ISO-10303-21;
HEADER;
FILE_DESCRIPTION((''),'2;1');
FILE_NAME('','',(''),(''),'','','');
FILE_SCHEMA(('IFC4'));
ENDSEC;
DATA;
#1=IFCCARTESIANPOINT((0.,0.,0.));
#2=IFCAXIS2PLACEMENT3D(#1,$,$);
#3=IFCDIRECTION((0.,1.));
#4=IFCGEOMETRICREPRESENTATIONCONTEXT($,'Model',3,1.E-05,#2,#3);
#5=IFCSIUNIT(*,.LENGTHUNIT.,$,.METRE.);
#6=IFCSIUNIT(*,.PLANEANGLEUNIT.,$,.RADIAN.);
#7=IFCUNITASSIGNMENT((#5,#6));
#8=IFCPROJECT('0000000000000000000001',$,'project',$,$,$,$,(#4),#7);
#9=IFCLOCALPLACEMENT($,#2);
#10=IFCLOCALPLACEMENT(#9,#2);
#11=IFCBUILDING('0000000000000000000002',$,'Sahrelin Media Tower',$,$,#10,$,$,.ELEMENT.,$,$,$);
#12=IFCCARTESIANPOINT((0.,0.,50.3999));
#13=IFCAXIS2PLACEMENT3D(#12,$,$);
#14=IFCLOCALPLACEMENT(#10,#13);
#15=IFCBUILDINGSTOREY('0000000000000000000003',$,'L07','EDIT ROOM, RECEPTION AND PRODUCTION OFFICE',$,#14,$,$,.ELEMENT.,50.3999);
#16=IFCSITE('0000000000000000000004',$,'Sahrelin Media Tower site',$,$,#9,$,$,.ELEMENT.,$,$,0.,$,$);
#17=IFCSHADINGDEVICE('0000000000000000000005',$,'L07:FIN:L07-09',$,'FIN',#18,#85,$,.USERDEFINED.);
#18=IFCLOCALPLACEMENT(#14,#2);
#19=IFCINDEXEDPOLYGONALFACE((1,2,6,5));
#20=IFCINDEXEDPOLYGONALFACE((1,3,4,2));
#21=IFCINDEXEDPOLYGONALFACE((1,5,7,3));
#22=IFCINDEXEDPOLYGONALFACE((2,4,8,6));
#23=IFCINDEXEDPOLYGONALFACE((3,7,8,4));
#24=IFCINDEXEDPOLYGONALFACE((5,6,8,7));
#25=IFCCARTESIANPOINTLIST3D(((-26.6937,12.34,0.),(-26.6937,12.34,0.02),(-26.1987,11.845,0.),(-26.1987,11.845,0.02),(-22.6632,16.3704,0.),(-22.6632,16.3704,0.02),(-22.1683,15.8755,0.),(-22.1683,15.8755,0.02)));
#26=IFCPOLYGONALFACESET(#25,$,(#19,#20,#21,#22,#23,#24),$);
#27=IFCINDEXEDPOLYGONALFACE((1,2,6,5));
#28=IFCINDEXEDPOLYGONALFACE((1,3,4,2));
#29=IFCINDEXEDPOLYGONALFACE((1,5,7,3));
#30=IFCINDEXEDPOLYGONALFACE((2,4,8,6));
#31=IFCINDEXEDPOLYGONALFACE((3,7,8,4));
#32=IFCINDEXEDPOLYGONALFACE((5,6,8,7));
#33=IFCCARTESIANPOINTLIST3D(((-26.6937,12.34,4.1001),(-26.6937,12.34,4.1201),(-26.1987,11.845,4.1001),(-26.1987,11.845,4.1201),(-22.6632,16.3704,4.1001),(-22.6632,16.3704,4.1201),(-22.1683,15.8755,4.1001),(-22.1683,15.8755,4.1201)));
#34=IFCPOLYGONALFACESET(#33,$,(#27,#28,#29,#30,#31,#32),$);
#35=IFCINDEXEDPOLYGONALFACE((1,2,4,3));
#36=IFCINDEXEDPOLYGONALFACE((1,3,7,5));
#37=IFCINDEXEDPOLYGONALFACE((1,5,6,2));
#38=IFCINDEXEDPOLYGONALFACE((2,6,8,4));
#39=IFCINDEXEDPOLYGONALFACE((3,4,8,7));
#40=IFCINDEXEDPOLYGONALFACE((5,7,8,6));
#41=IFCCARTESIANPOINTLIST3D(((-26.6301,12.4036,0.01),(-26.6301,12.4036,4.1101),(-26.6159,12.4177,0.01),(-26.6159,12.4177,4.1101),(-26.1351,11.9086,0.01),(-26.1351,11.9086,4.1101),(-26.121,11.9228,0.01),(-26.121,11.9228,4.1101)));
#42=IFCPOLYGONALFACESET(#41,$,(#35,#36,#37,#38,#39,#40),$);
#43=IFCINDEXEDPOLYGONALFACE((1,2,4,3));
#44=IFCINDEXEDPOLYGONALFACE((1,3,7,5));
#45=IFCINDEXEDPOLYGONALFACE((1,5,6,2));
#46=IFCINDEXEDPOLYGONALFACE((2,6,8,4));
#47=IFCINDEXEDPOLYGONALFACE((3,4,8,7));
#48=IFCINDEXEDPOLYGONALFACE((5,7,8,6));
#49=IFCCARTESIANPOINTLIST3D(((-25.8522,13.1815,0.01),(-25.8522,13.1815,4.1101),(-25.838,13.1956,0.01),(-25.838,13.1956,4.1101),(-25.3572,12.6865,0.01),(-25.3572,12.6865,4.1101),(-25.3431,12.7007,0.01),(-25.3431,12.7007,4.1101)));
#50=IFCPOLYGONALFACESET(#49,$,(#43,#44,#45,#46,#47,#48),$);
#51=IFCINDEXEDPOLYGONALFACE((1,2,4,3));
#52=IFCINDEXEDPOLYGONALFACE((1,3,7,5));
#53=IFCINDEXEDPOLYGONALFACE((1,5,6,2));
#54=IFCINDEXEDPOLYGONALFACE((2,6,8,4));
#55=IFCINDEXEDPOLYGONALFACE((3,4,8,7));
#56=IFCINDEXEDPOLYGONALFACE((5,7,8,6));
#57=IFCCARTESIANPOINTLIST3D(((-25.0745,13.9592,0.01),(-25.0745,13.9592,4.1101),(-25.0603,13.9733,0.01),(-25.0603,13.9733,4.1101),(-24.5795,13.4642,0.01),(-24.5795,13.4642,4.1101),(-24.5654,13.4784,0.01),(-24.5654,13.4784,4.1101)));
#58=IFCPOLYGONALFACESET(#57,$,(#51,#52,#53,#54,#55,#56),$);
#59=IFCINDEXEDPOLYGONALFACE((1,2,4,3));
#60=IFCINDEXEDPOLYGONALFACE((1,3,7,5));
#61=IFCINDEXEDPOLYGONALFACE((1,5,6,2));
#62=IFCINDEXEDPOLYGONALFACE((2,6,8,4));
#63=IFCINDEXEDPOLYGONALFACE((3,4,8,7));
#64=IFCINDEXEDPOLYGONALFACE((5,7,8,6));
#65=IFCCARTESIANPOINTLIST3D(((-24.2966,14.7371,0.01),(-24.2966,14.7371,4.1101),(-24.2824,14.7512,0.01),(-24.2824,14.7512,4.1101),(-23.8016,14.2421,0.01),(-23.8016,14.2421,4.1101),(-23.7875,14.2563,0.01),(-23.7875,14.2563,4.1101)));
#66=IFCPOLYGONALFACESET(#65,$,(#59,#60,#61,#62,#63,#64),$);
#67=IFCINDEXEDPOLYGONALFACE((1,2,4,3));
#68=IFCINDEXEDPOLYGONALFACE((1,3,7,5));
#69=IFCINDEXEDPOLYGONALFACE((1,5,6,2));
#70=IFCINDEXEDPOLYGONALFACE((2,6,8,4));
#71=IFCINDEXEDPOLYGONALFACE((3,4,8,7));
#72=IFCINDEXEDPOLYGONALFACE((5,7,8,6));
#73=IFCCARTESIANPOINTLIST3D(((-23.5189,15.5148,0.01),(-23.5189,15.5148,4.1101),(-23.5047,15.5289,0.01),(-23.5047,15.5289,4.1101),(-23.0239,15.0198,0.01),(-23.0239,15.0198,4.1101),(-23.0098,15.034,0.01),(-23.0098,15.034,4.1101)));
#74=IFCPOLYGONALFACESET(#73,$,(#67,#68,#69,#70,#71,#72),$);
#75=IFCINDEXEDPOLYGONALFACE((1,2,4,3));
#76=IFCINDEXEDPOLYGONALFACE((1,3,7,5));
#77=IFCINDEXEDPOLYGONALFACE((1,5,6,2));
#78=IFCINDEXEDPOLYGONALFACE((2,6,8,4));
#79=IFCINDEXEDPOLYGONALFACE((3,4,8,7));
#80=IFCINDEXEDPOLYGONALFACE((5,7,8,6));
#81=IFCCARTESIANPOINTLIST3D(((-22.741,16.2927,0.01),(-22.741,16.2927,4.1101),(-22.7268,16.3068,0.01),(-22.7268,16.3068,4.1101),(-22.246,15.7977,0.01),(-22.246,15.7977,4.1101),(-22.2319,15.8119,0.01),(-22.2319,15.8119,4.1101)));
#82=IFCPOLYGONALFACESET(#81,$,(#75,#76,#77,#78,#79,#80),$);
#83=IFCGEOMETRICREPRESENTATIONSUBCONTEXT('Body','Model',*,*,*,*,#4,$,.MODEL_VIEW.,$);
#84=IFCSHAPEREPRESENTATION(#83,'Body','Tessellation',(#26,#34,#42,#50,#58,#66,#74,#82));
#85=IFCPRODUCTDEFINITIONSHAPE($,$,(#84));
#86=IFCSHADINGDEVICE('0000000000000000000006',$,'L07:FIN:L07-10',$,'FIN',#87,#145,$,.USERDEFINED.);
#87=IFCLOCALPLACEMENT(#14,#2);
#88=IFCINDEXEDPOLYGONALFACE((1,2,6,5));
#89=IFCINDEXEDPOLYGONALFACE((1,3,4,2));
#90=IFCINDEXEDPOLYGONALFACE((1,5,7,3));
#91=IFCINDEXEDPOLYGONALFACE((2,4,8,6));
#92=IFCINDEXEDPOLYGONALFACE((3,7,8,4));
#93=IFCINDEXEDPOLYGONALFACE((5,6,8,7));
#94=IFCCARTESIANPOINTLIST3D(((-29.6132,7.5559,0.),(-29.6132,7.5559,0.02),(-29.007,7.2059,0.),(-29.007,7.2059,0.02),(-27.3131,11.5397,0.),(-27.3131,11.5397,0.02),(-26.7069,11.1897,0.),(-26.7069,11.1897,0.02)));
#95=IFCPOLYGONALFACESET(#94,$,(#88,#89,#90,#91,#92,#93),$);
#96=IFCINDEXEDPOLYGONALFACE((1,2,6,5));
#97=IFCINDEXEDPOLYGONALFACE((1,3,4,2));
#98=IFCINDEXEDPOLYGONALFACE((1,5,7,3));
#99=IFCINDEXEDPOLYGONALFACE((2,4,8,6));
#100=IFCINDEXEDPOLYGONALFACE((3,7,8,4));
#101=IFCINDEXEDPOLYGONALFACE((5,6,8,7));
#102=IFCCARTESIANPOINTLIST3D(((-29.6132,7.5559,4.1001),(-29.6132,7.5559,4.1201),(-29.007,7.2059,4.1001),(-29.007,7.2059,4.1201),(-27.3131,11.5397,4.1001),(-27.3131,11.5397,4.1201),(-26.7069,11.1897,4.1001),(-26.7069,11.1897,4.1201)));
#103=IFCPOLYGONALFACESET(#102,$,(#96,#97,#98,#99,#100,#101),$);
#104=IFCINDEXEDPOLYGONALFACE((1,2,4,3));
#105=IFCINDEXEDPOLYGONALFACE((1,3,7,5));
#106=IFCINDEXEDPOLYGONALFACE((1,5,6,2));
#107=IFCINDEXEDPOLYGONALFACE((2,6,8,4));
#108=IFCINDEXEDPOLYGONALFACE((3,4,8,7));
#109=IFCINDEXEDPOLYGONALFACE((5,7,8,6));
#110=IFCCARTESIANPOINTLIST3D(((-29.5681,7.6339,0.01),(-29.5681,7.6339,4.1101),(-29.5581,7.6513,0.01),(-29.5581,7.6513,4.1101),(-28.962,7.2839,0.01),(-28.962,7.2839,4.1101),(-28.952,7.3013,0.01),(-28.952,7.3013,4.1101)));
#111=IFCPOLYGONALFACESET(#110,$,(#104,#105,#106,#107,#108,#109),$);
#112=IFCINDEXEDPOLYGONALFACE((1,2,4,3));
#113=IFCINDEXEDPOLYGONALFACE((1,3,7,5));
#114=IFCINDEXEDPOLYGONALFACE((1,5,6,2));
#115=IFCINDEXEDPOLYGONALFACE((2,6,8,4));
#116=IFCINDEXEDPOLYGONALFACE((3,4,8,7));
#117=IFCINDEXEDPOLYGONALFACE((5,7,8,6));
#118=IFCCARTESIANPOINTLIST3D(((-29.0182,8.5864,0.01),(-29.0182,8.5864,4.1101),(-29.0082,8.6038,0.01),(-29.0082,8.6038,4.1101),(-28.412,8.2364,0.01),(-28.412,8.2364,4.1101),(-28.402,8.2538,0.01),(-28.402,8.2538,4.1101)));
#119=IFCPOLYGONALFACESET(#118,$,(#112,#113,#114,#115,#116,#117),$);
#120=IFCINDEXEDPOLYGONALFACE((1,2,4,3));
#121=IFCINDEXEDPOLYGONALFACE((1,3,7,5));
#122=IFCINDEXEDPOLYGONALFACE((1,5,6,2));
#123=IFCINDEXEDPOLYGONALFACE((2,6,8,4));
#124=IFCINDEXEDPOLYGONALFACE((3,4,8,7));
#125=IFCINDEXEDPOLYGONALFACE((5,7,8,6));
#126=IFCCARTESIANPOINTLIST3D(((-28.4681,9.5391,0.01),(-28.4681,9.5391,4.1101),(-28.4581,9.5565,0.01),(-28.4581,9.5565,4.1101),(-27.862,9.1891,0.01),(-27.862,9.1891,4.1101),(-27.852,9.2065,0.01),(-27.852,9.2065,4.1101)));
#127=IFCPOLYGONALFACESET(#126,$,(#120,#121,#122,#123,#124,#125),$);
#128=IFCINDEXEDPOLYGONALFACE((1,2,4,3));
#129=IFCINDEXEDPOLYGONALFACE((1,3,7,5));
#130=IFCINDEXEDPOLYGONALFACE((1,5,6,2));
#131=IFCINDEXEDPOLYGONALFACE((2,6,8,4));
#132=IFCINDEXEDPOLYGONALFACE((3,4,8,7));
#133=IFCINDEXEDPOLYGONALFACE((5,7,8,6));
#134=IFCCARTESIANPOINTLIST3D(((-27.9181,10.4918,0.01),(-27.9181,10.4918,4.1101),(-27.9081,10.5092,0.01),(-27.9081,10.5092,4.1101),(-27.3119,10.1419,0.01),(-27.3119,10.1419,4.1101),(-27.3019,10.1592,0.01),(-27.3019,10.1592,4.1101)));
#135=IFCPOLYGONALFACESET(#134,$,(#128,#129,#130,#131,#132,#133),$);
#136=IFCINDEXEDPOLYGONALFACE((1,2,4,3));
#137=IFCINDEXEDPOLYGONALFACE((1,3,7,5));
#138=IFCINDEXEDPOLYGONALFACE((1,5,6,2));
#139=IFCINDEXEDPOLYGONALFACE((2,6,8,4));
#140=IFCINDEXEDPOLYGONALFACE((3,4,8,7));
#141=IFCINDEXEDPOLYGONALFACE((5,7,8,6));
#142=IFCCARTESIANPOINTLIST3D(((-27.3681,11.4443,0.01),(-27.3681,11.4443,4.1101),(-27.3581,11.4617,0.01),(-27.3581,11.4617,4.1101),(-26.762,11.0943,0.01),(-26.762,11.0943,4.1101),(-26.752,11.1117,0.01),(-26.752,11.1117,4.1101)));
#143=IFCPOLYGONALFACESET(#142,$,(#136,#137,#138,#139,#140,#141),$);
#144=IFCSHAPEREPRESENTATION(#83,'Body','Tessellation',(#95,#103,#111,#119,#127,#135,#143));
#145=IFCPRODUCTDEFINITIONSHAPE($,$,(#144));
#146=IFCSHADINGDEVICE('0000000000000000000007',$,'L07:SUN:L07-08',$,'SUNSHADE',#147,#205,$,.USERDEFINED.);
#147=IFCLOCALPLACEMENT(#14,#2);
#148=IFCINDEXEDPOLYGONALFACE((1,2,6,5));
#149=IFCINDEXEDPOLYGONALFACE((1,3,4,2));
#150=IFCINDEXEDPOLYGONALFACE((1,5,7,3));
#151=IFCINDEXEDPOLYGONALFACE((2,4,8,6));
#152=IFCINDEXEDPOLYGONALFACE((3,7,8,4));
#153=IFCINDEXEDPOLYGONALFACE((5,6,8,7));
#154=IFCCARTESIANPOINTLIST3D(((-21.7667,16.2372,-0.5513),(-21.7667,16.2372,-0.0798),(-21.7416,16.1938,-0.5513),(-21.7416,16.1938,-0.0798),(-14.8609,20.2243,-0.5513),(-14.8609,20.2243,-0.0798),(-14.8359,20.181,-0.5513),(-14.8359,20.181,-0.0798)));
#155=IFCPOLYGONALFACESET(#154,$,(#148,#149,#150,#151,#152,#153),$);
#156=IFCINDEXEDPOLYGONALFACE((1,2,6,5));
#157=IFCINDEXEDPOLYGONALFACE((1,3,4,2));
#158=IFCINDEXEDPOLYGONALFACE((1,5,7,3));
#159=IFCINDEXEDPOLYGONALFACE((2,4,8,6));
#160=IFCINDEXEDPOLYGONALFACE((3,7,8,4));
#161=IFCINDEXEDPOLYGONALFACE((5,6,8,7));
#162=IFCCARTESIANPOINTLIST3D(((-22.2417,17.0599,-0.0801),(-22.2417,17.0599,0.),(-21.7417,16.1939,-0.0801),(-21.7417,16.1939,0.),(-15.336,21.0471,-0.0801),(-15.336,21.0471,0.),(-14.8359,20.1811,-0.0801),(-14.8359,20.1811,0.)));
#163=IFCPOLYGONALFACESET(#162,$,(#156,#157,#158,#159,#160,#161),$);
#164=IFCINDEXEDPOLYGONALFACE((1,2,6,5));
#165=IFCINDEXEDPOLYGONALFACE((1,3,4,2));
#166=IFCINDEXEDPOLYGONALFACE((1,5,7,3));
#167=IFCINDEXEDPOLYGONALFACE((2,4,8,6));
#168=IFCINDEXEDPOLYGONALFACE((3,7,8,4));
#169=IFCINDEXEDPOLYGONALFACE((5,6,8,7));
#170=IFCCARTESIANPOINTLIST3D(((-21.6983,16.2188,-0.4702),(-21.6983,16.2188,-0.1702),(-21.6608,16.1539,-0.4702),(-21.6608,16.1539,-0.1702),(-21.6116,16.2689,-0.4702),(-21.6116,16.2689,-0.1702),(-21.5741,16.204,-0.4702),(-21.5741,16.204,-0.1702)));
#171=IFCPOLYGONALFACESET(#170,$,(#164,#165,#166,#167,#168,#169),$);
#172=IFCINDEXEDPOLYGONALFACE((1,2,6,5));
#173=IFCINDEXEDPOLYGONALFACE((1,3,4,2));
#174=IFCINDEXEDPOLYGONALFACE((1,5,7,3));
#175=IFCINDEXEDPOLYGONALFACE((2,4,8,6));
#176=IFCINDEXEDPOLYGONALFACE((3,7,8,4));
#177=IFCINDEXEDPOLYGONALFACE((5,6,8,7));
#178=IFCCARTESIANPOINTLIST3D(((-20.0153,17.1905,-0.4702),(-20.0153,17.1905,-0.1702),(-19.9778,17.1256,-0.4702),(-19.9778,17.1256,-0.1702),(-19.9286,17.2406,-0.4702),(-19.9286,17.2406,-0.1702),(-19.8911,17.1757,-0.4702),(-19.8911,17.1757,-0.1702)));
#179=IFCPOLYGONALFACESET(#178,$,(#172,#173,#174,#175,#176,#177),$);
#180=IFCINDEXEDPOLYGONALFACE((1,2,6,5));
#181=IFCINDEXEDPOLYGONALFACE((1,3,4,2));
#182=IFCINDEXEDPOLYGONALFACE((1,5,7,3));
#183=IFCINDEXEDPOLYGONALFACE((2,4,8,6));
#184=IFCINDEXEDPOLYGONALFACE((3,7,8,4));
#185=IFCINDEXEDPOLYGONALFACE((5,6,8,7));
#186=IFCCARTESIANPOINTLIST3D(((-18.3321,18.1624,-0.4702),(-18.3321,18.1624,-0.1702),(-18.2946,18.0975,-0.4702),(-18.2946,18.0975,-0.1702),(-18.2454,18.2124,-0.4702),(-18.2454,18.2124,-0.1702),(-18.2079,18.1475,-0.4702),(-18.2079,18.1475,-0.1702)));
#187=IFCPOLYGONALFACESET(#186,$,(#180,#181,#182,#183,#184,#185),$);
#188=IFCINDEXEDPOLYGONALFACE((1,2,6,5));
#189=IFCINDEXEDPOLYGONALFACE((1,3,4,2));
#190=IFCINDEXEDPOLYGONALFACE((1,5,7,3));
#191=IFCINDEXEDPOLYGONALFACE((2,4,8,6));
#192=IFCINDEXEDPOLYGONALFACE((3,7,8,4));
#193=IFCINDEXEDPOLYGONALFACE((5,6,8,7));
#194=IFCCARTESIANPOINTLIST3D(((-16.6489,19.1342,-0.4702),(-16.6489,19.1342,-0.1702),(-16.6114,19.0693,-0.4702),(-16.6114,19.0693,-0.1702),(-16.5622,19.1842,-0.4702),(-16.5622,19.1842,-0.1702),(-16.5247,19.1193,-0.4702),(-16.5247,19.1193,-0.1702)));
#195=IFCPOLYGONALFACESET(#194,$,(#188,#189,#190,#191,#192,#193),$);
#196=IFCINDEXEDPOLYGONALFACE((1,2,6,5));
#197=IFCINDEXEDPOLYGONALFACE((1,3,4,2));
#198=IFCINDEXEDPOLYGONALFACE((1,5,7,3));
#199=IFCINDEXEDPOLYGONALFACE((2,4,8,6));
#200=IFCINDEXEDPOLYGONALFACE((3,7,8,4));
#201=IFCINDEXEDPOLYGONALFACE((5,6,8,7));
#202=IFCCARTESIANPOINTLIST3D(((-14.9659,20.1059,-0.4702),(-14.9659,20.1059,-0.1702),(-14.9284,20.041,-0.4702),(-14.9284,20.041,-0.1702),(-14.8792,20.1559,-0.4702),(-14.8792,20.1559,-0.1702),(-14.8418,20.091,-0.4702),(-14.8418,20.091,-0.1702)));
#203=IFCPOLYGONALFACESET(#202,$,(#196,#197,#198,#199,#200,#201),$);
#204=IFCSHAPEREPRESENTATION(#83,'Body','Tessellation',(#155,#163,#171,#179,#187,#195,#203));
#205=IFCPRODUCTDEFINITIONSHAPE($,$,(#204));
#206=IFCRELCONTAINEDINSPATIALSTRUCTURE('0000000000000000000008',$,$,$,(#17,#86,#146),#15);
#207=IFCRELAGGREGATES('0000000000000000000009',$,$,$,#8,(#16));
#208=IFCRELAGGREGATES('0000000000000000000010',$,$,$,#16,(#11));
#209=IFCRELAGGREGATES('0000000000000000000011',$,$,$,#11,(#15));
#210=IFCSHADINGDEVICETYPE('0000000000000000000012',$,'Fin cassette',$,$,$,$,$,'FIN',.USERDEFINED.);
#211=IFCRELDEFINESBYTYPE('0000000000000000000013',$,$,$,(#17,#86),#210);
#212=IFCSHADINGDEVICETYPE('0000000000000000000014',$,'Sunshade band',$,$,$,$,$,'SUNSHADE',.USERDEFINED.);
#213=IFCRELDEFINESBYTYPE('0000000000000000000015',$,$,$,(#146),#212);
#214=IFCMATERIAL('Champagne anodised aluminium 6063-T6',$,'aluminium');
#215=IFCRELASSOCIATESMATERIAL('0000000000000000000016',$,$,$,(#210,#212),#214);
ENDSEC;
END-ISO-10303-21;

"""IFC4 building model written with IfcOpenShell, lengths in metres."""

from ifc_helpers import new_model, si_unit, direction, frame, origin, origin_2d, place, context, subcontext, project, spatial, rectangle, extrude, material, type_object, element, save


model = new_model("IFC4")

# Units and contexts
model_context = context("Model", 3, precision=1e-05, world=origin(), true_north=direction((0.0, 1.0)))
body_context = subcontext(model_context, "Body", "Model", "MODEL_VIEW")
ifc_project = project(units=[si_unit("LENGTHUNIT", "METRE"), si_unit("PLANEANGLEUNIT", "RADIAN")], contexts=[model_context])

# Site, building, storey
site_placement = place(None, origin())
site = spatial("IfcSite", under=ifc_project, at=site_placement, Name="Sahrelin Media Tower site", CompositionType="ELEMENT", RefElevation=0.0)
building_placement = place(site_placement, origin())
building = spatial("IfcBuilding", under=site, at=building_placement, Name="Sahrelin Media Tower", CompositionType="ELEMENT")
storey_placement = place(building_placement, frame((0.0, 0.0, 50.3999)))
storey = spatial("IfcBuildingStorey", under=building, at=storey_placement, Name="L07", Description="EDIT ROOM, RECEPTION AND PRODUCTION OFFICE", CompositionType="ELEMENT", Elevation=50.3999)

# Shared definitions
ifc_material_1 = material(Name="Champagne anodised aluminium 6063-T6", Category="aluminium")

# Shading devices
shading_device_type_1 = type_object("IfcShadingDeviceType", Name="Fin cassette", ElementType="FIN", PredefinedType="USERDEFINED", material=ifc_material_1)
placement_1 = place(storey_placement, frame((-18.2788, 18.1702, 0.0), z_axis=(0.0, 0.0, 1.0), x_axis=(0.866019, 0.500011, 0.0)))
placement_2 = place(storey_placement, frame((-24.134, 13.8108, 0.0), z_axis=(0.0, 0.0, 1.0), x_axis=(0.707107, 0.707107, 0.0)))
element("IfcShadingDevice", 1, at=placement_2, inside=storey, type_object=shading_device_type_1, Name="L07:FIN:L07-09", ObjectType="FIN", PredefinedType="USERDEFINED", context=body_context, shape_type="SweptSolid", body=[
    extrude(rectangle(XDim=5.7, YDim=0.7, at=origin_2d()), frame((0.0, 0.4199, 0.0)), (0.0, 0.0, 1.0), 0.02),
    extrude(rectangle(XDim=5.7, YDim=0.7, at=origin_2d()), frame((0.0, 0.4199, 4.1001)), (0.0, 0.0, 1.0), 0.02),
    extrude(rectangle(XDim=0.02, YDim=0.7, at=origin_2d()), frame((-2.75, 0.4199, 0.01), z_axis=(0.0, 0.0, 1.0), x_axis=(1.0, 0.0, 0.0)), (0.0, 0.0, 1.0), 4.1001),
    extrude(rectangle(XDim=0.02, YDim=0.7, at=origin_2d()), frame((-1.6499, 0.4199, 0.01), z_axis=(0.0, 0.0, 1.0), x_axis=(1.0, 0.0, 0.0)), (0.0, 0.0, 1.0), 4.1001),
    extrude(rectangle(XDim=0.02, YDim=0.7, at=origin_2d()), frame((-0.55, 0.4199, 0.01), z_axis=(0.0, 0.0, 1.0), x_axis=(1.0, 0.0, 0.0)), (0.0, 0.0, 1.0), 4.1001),
    extrude(rectangle(XDim=0.02, YDim=0.7, at=origin_2d()), frame((0.55, 0.4199, 0.01), z_axis=(0.0, 0.0, 1.0), x_axis=(1.0, 0.0, 0.0)), (0.0, 0.0, 1.0), 4.1001),
    extrude(rectangle(XDim=0.02, YDim=0.7, at=origin_2d()), frame((1.6499, 0.4199, 0.01), z_axis=(0.0, 0.0, 1.0), x_axis=(1.0, 0.0, 0.0)), (0.0, 0.0, 1.0), 4.1001),
    extrude(rectangle(XDim=0.02, YDim=0.7, at=origin_2d()), frame((2.75, 0.4199, 0.01), z_axis=(0.0, 0.0, 1.0), x_axis=(1.0, 0.0, 0.0)), (0.0, 0.0, 1.0), 4.1001),
])
placement_3 = place(storey_placement, frame((-27.7964, 9.1628, 0.0), z_axis=(0.0, 0.0, 1.0), x_axis=(0.500011, 0.866019, 0.0)))
element("IfcShadingDevice", 2, at=placement_3, inside=storey, type_object=shading_device_type_1, Name="L07:FIN:L07-10", ObjectType="FIN", PredefinedType="USERDEFINED", context=body_context, shape_type="SweptSolid", body=[
    extrude(rectangle(XDim=4.6001, YDim=0.7, at=origin_2d()), frame((0.0, 0.4199, 0.0)), (0.0, 0.0, 1.0), 0.02),
    extrude(rectangle(XDim=4.6001, YDim=0.7, at=origin_2d()), frame((0.0, 0.4199, 4.1001)), (0.0, 0.0, 1.0), 0.02),
    extrude(rectangle(XDim=0.02, YDim=0.7, at=origin_2d()), frame((-2.2, 0.4199, 0.01), z_axis=(0.0, 0.0, 1.0), x_axis=(1.0, 0.0, 0.0)), (0.0, 0.0, 1.0), 4.1001),
    extrude(rectangle(XDim=0.02, YDim=0.7, at=origin_2d()), frame((-1.1001, 0.4199, 0.01), z_axis=(0.0, 0.0, 1.0), x_axis=(1.0, 0.0, 0.0)), (0.0, 0.0, 1.0), 4.1001),
    extrude(rectangle(XDim=0.02, YDim=0.7, at=origin_2d()), frame((0.0, 0.4199, 0.01), z_axis=(0.0, 0.0, 1.0), x_axis=(1.0, 0.0, 0.0)), (0.0, 0.0, 1.0), 4.1001),
    extrude(rectangle(XDim=0.02, YDim=0.7, at=origin_2d()), frame((1.1001, 0.4199, 0.01), z_axis=(0.0, 0.0, 1.0), x_axis=(1.0, 0.0, 0.0)), (0.0, 0.0, 1.0), 4.1001),
    extrude(rectangle(XDim=0.02, YDim=0.7, at=origin_2d()), frame((2.2, 0.4199, 0.01), z_axis=(0.0, 0.0, 1.0), x_axis=(1.0, 0.0, 0.0)), (0.0, 0.0, 1.0), 4.1001),
])
shading_device_type_2 = type_object("IfcShadingDeviceType", Name="Sunshade band", ElementType="SUNSHADE", PredefinedType="USERDEFINED", material=ifc_material_1)
element("IfcShadingDevice", 3, at=placement_1, inside=storey, type_object=shading_device_type_2, Name="L07:SUN:L07-08", ObjectType="SUNSHADE", PredefinedType="USERDEFINED", context=body_context, shape_type="SweptSolid", body=[
    extrude(rectangle(XDim=7.9741, YDim=0.05, at=origin_2d()), frame((0.0, 0.0449, -0.5513)), (0.0, 0.0, 1.0), 0.4714),
    extrude(rectangle(XDim=7.9741, YDim=1.0, at=origin_2d()), frame((0.0, 0.52, -0.0801)), (0.0, 0.0, 1.0), 0.0801),
    extrude(rectangle(XDim=0.1001, YDim=0.075, at=origin_2d()), frame((-3.887, -0.0176, -0.4702)), (0.0, 0.0, 1.0), 0.3),
    extrude(rectangle(XDim=0.1001, YDim=0.075, at=origin_2d()), frame((-1.9436, -0.0176, -0.4702)), (0.0, 0.0, 1.0), 0.3),
    extrude(rectangle(XDim=0.1001, YDim=0.075, at=origin_2d()), frame((0.0, -0.0176, -0.4702)), (0.0, 0.0, 1.0), 0.3),
    extrude(rectangle(XDim=0.1001, YDim=0.075, at=origin_2d()), frame((1.9436, -0.0176, -0.4702)), (0.0, 0.0, 1.0), 0.3),
    extrude(rectangle(XDim=0.1001, YDim=0.075, at=origin_2d()), frame((3.887, -0.0176, -0.4702)), (0.0, 0.0, 1.0), 0.3),
])

save(model, "model.ifc")
